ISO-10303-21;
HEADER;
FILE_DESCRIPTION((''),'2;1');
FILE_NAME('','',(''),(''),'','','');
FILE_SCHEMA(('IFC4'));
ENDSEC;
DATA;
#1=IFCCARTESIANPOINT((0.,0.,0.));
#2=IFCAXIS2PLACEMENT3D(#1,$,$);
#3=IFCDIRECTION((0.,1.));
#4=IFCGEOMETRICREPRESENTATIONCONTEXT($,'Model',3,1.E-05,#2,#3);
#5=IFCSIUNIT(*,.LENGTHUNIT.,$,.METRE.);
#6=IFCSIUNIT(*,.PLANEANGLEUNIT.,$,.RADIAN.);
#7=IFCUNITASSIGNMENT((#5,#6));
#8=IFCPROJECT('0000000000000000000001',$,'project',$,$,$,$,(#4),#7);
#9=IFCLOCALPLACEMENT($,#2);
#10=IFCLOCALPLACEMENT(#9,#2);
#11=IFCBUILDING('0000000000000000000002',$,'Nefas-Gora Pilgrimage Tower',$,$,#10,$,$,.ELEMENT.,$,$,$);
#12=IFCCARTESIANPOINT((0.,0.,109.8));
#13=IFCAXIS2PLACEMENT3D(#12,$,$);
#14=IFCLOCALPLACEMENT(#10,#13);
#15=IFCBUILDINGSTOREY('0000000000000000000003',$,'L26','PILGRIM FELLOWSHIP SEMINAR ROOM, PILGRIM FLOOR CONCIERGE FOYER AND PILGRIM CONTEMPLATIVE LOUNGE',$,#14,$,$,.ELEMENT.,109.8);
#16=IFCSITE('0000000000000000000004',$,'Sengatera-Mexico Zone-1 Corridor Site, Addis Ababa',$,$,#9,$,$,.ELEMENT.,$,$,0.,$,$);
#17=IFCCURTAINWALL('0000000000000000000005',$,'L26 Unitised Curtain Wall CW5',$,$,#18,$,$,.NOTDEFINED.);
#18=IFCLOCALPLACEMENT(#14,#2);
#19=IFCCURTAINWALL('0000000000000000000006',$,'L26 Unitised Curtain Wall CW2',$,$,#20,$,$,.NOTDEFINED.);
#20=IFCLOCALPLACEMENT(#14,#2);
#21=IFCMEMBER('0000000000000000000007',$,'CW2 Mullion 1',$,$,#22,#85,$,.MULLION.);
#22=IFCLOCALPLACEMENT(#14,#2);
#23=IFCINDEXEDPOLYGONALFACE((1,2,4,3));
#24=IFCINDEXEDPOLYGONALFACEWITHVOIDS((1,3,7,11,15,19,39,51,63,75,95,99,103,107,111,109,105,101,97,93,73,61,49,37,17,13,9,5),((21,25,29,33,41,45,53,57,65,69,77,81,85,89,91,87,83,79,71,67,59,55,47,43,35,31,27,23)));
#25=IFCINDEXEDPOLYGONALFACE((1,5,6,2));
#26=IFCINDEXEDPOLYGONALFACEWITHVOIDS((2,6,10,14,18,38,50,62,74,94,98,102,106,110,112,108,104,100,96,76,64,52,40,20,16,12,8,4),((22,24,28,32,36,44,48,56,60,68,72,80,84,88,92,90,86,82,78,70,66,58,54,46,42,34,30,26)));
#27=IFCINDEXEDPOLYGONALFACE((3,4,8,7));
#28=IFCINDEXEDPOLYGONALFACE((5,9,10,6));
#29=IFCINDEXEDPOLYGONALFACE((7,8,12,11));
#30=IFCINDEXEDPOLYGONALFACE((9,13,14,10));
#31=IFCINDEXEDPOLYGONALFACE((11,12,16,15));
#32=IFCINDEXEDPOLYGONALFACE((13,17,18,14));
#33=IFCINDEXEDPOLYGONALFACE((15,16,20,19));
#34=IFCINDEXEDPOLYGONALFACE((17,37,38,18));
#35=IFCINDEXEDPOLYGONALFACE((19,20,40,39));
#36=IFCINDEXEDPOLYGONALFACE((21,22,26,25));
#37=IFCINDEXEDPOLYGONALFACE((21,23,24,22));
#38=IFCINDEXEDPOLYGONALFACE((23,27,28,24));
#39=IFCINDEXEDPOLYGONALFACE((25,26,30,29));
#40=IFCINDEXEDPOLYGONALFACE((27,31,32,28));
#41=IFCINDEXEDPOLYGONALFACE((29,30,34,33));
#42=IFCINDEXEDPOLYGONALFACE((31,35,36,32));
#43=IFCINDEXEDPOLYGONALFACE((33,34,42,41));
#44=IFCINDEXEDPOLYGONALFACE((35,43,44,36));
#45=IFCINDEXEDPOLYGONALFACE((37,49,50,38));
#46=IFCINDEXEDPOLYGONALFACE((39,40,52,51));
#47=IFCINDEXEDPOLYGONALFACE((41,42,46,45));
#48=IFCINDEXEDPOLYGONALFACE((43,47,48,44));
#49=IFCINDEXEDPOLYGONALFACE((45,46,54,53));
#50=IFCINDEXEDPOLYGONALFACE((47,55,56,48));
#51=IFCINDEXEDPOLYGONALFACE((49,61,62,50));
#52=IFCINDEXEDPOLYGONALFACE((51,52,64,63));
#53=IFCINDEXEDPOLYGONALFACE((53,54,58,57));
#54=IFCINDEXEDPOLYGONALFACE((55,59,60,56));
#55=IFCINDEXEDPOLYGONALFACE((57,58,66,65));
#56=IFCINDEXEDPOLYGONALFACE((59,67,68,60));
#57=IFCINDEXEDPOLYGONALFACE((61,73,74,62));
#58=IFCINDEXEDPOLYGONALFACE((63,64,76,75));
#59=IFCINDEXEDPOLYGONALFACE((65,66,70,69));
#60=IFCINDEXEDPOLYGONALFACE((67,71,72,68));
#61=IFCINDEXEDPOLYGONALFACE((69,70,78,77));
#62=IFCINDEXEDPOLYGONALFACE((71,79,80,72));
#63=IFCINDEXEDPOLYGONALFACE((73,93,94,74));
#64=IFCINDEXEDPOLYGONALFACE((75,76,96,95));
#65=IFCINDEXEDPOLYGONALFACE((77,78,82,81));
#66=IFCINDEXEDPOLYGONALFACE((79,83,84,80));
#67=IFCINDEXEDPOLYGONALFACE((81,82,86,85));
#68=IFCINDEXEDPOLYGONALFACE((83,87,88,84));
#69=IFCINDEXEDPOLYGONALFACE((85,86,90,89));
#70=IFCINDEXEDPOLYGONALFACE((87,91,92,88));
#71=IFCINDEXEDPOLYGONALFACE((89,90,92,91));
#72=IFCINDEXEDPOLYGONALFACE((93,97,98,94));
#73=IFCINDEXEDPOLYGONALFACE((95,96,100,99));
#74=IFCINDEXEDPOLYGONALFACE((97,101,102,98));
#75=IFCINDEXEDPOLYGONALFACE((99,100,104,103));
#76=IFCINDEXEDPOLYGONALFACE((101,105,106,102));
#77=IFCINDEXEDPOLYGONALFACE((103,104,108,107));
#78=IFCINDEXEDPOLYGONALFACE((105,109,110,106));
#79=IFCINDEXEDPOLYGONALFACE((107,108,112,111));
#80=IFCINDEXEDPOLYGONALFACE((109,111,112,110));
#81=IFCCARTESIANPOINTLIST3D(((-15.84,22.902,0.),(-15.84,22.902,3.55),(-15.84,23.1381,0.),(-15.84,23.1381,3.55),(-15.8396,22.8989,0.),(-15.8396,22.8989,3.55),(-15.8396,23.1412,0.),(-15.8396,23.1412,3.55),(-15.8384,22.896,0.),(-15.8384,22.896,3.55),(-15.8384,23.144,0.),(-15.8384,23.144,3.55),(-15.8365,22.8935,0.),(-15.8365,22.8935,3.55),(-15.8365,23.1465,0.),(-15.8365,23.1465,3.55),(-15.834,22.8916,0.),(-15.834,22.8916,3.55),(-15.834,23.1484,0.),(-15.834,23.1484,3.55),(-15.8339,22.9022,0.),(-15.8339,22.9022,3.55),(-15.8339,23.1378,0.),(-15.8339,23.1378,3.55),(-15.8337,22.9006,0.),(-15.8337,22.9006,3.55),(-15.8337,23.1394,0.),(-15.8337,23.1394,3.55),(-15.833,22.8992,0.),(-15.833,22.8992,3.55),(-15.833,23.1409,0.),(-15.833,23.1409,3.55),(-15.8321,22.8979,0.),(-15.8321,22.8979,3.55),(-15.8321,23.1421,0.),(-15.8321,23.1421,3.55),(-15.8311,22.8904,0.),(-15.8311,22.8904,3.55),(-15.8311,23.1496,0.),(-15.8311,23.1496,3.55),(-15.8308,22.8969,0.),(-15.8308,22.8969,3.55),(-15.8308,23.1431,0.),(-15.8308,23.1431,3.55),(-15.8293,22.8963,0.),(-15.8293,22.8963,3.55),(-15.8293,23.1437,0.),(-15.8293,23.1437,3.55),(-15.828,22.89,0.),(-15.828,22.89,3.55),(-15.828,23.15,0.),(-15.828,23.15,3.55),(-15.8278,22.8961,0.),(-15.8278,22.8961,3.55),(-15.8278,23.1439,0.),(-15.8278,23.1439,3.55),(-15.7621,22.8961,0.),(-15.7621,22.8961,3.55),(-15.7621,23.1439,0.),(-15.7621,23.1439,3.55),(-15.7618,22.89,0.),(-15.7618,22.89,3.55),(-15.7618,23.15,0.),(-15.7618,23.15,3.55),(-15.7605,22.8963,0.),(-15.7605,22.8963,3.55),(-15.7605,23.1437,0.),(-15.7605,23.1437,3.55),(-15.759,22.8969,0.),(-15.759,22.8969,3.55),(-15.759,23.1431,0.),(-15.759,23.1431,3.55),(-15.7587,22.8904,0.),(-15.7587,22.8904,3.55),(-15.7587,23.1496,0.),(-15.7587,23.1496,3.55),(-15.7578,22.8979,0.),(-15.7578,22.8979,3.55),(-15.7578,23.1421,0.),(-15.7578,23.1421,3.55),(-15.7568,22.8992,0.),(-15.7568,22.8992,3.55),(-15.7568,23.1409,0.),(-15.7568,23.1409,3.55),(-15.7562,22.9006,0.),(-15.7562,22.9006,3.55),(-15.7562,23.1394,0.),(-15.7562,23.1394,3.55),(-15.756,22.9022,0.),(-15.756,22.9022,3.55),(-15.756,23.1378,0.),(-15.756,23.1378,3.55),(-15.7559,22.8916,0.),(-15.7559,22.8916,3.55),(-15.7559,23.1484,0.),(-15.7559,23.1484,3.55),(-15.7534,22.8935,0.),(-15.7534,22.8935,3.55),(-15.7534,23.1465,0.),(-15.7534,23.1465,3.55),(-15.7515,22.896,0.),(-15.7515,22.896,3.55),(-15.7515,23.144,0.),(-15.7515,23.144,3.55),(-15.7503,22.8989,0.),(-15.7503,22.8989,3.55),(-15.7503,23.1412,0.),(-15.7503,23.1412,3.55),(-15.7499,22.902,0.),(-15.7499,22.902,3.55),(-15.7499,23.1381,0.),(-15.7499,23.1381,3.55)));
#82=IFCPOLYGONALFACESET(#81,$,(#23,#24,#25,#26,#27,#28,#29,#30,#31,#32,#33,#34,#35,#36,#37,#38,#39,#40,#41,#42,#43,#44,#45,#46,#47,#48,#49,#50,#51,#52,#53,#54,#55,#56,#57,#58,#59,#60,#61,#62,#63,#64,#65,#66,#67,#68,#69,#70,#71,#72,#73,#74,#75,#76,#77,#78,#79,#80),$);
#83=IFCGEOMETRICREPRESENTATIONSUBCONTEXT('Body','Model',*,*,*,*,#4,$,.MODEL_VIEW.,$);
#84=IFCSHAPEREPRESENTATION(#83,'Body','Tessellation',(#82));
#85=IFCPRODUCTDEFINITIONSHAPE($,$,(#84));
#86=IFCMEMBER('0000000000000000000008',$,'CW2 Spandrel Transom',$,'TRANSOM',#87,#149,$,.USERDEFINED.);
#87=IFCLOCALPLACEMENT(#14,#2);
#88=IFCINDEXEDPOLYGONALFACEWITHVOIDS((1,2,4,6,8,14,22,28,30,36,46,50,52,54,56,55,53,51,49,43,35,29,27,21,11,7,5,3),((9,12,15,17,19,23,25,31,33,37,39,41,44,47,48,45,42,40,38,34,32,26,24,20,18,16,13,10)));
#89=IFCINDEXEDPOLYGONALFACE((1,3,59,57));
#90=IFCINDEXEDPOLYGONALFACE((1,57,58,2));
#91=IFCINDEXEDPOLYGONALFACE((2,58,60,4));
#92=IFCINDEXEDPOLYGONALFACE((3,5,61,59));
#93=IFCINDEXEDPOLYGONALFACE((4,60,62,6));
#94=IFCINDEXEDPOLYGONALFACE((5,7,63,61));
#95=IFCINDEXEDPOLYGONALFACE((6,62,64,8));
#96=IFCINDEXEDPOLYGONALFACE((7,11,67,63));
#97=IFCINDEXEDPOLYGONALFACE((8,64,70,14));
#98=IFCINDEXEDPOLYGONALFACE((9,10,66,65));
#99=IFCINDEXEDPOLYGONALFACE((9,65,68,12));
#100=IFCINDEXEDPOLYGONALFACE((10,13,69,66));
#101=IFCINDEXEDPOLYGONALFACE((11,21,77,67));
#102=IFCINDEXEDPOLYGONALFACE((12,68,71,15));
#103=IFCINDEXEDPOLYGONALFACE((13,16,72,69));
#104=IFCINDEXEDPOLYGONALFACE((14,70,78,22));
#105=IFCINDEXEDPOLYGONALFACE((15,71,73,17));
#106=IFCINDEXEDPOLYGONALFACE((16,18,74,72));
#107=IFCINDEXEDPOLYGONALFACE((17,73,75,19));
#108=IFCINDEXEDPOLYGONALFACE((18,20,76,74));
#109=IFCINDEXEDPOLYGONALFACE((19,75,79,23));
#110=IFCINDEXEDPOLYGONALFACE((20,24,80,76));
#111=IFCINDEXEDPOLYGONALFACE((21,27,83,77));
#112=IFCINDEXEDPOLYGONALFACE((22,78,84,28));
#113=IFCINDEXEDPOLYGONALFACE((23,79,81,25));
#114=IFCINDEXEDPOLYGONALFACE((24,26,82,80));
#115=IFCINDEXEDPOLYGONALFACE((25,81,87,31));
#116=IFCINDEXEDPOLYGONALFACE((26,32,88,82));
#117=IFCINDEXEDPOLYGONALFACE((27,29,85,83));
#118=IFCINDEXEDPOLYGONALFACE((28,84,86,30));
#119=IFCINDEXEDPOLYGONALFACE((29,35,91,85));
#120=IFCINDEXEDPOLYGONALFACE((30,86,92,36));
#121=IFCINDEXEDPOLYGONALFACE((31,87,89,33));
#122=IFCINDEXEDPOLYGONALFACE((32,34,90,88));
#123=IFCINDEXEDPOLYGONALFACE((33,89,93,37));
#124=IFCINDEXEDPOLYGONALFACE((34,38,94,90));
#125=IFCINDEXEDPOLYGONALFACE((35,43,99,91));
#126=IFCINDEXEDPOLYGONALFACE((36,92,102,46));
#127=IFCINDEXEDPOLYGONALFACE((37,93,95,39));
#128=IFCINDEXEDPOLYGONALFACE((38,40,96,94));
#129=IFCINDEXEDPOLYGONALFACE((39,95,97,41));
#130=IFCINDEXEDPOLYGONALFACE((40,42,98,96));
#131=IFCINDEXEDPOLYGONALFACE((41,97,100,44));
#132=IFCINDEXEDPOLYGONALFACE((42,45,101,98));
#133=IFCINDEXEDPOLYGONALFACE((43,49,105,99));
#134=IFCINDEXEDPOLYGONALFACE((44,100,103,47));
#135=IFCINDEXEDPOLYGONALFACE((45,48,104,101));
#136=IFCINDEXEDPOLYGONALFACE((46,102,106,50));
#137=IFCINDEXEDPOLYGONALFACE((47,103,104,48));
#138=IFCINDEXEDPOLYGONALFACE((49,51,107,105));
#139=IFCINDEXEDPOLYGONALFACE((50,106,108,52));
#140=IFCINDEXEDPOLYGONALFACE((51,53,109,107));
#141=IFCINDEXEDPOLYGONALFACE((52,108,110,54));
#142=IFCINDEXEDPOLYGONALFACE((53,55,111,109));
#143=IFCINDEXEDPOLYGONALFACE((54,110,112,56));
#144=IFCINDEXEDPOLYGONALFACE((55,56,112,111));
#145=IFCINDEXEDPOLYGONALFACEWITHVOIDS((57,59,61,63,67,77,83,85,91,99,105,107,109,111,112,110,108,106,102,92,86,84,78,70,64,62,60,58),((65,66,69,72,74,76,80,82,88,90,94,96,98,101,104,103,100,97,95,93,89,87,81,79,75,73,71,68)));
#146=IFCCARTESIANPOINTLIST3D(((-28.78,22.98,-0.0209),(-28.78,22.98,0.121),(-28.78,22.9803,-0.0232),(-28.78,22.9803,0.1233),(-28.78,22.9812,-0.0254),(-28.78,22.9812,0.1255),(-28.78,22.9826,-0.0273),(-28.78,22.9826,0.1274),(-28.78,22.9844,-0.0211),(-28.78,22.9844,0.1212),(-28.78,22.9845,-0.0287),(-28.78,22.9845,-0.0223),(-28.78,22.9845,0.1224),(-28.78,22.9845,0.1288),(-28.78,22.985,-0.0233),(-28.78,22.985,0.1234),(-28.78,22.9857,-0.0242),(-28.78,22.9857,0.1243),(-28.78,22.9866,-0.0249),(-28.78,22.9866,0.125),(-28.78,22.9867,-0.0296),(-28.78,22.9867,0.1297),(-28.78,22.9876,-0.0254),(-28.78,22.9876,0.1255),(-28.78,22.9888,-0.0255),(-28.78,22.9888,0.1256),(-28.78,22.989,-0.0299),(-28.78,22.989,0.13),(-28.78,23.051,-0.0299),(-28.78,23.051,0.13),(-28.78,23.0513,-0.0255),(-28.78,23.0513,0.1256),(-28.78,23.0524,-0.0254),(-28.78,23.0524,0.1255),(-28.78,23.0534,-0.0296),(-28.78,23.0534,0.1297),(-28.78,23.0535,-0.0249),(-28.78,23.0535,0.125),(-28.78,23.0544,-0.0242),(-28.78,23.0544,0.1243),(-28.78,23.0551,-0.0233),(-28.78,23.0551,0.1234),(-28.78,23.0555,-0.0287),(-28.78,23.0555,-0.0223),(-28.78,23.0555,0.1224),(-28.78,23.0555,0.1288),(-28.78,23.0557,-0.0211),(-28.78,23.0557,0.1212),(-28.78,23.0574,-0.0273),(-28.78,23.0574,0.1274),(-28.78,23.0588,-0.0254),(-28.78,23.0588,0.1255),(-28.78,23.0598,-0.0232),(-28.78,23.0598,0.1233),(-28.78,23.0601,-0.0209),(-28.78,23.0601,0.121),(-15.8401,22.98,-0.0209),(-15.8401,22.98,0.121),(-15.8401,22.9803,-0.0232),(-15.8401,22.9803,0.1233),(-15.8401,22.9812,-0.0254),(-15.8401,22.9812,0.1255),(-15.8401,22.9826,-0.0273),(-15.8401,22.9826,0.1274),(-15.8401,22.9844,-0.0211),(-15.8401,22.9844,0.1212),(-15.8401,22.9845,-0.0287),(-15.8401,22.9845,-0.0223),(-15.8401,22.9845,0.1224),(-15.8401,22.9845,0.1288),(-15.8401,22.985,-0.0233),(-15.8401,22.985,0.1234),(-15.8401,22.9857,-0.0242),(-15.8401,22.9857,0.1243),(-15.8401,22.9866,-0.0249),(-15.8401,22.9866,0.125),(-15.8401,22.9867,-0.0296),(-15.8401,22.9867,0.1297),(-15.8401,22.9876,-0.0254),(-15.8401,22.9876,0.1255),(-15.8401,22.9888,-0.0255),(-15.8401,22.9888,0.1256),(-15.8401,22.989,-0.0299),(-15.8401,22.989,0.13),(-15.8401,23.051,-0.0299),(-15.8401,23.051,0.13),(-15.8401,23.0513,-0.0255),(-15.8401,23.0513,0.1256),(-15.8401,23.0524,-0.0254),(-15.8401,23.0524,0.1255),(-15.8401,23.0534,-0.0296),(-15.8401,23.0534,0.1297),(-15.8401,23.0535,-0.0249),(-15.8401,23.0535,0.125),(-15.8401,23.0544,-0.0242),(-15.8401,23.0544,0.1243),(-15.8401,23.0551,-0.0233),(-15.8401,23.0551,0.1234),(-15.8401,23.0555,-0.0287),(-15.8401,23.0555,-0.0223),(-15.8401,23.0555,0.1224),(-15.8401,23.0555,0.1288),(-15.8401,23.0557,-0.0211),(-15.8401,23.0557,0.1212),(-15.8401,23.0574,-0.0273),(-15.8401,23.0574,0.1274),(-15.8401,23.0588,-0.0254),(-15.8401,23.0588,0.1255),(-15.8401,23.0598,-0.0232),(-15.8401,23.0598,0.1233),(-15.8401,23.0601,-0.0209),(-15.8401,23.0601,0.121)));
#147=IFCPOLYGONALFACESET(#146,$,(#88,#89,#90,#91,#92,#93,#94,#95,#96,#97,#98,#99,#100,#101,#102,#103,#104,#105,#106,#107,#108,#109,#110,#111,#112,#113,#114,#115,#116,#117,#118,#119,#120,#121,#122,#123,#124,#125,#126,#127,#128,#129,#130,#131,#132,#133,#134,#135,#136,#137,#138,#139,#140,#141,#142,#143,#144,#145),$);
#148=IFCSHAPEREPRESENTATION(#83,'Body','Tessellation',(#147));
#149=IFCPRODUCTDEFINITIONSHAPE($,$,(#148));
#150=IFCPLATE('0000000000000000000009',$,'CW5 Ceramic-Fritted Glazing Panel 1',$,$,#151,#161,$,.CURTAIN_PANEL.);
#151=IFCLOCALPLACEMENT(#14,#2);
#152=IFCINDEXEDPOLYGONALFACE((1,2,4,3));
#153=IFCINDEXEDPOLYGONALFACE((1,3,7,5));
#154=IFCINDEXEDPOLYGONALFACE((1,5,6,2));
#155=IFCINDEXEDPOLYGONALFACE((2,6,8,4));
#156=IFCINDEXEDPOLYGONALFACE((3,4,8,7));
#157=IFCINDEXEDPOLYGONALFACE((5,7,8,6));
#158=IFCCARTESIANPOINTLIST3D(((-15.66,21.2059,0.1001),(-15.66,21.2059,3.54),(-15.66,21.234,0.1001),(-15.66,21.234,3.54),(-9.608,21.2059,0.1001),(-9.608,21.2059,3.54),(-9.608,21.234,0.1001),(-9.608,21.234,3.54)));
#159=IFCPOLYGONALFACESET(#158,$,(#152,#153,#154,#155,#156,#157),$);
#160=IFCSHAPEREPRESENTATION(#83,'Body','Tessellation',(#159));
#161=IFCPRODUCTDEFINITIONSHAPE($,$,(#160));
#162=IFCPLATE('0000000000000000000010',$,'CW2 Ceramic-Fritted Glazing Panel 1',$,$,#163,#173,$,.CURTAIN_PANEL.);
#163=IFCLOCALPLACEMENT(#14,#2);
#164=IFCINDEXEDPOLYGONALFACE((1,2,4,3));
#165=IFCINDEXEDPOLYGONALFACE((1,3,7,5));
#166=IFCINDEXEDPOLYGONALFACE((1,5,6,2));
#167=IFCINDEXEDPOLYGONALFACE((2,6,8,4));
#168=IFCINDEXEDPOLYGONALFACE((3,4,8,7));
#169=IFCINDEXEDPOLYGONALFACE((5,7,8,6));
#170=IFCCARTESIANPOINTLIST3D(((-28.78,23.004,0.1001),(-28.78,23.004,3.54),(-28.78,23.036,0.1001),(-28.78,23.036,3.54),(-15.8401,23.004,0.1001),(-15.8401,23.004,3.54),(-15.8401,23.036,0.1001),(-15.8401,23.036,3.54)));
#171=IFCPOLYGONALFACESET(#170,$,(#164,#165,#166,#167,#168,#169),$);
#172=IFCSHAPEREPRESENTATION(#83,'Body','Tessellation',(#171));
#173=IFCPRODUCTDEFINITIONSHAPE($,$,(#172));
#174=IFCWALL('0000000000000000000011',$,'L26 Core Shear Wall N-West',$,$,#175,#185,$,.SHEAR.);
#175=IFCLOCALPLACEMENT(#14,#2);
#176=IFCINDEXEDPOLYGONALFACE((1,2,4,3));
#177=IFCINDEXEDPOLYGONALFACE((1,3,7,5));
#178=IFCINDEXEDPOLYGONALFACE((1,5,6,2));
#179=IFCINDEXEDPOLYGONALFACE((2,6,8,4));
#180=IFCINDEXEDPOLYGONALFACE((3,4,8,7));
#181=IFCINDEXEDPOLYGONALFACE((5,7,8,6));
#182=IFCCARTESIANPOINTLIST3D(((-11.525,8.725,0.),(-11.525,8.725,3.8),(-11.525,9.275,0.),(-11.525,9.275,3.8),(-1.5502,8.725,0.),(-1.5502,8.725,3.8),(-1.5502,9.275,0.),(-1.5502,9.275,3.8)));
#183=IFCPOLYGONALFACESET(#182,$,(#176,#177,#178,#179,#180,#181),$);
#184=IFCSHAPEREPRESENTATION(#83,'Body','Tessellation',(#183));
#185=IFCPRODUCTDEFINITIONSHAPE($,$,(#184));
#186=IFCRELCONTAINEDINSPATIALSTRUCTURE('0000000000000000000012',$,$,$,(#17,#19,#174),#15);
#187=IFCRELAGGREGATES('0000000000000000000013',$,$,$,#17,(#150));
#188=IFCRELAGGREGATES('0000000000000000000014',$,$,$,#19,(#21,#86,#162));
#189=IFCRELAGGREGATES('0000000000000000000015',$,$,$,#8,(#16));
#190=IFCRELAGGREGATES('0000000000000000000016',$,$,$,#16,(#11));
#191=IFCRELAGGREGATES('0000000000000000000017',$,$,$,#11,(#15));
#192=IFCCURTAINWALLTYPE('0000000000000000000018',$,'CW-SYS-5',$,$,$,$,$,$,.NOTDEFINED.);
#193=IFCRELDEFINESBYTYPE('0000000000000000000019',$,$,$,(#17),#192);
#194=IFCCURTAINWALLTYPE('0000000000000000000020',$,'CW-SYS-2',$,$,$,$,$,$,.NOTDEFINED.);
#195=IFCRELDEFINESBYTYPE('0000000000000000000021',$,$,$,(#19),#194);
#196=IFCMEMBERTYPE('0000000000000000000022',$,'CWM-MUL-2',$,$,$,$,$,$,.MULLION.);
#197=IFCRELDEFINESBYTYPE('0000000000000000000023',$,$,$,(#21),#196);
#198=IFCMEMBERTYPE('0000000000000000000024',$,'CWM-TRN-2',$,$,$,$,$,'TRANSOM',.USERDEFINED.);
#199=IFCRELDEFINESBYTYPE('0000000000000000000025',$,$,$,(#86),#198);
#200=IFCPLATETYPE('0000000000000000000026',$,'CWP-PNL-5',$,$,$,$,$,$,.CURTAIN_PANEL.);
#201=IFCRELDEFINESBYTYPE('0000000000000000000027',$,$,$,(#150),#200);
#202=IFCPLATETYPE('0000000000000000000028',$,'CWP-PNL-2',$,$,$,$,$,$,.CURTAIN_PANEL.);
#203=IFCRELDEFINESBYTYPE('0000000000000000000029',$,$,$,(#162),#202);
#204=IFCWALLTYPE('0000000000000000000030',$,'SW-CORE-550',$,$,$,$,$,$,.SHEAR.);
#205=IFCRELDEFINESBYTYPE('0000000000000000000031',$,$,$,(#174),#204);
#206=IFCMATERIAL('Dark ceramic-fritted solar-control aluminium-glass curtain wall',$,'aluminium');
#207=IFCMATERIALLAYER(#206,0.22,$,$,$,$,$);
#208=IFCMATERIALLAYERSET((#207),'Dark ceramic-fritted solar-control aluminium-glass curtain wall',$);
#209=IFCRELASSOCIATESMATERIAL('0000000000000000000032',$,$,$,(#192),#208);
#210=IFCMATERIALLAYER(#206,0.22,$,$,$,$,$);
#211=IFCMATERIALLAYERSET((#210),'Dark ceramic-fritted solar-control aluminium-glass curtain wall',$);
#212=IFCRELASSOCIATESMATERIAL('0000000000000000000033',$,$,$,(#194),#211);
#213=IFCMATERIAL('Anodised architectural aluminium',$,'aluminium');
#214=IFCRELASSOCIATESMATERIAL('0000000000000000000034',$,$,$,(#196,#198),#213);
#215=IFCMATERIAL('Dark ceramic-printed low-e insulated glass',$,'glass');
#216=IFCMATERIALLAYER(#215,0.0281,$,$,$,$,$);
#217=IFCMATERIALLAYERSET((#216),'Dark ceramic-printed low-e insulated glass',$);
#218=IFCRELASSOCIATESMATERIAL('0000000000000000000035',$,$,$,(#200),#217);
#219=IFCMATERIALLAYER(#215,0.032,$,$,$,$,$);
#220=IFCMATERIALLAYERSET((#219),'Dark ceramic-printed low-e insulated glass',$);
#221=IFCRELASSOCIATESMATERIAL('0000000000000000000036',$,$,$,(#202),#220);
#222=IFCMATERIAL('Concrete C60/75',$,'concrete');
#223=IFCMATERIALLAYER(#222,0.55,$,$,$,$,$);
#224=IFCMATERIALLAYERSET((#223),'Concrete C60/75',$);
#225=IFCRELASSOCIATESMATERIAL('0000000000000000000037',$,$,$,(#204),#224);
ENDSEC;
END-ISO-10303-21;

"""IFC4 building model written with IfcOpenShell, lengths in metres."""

from ifc_helpers import new_model, si_unit, direction, frame, frame_2d, origin, origin_2d, place, context, subcontext, project, spatial, rectangle, hollow_rectangle, extrude, source, transform, mapped, material, layer, layer_set, material_profile, profile_set, type_object, element, aggregate, save


model = new_model("IFC4")

# Units and contexts
model_context = context("Model", 3, precision=1e-05, world=origin(), true_north=direction((0.0, 1.0)))
body_context = subcontext(model_context, "Body", "Model", "MODEL_VIEW")
ifc_project = project(units=[si_unit("LENGTHUNIT", "METRE"), si_unit("PLANEANGLEUNIT", "RADIAN")], contexts=[model_context])

# Site, building, storey
site_placement = place(None, origin())
site = spatial("IfcSite", under=ifc_project, at=site_placement, Name="Sengatera-Mexico Zone-1 Corridor Site, Addis Ababa", CompositionType="ELEMENT", RefElevation=0.0)
building_placement = place(site_placement, origin())
building = spatial("IfcBuilding", under=site, at=building_placement, Name="Nefas-Gora Pilgrimage Tower", CompositionType="ELEMENT")
storey_placement = place(building_placement, frame((0.0, 0.0, 109.8)))
storey = spatial("IfcBuildingStorey", under=building, at=storey_placement, Name="L26", Description="PILGRIM FELLOWSHIP SEMINAR ROOM, PILGRIM FLOOR CONCIERGE FOYER AND PILGRIM CONTEMPLATIVE LOUNGE", CompositionType="ELEMENT", Elevation=109.8)

# Curtain wall
ifc_material_1 = material(Name="Dark ceramic-fritted solar-control aluminium-glass curtain wall", Category="aluminium")
ifc_layer_1 = layer(ifc_material_1, 0.22)
ifc_layer_set_1 = layer_set([ifc_layer_1], Name="Dark ceramic-fritted solar-control aluminium-glass curtain wall")
curtain_wall_type_1 = type_object("IfcCurtainWallType", Name="CW-SYS-5", PredefinedType="NOTDEFINED", material=ifc_layer_set_1)
curtain_wall_1_placement = place(storey_placement, origin())
curtain_wall_1 = element("IfcCurtainWall", 1, at=curtain_wall_1_placement, inside=storey, type_object=curtain_wall_type_1, Name="L26 Unitised Curtain Wall CW5", PredefinedType="NOTDEFINED")
ifc_material_2 = material(Name="Anodised architectural aluminium", Category="aluminium")

# Curtain wall, members
ifc_layer_2 = layer(ifc_material_1, 0.22)
ifc_layer_set_2 = layer_set([ifc_layer_2], Name="Dark ceramic-fritted solar-control aluminium-glass curtain wall")
curtain_wall_type_2 = type_object("IfcCurtainWallType", Name="CW-SYS-2", PredefinedType="NOTDEFINED", material=ifc_layer_set_2)
curtain_wall_2_placement = place(storey_placement, origin())
curtain_wall_2 = element("IfcCurtainWall", 2, at=curtain_wall_2_placement, inside=storey, type_object=curtain_wall_type_2, Name="L26 Unitised Curtain Wall CW2", PredefinedType="NOTDEFINED")
ifc_material_profile_1 = material_profile(ifc_material_2, hollow_rectangle(XDim=0.0901, YDim=0.26, WallThickness=0.0061, InnerFilletRadius=0.0061, OuterFilletRadius=0.012, at=origin_2d()), Name="ALU MULLION 90x260")
ifc_profile_set_1 = profile_set([ifc_material_profile_1], Name="Anodised architectural aluminium")
member_type_1 = type_object("IfcMemberType", Name="CWM-MUL-2", PredefinedType="MULLION", material=ifc_profile_set_1)
shared_shape_1 = source(origin(), body_context, "Body", "SweptSolid", [
    extrude(hollow_rectangle(XDim=0.0901, YDim=0.26, WallThickness=0.0061, InnerFilletRadius=0.0061, OuterFilletRadius=0.012, at=origin_2d()), origin(), (0.0, 0.0, 1.0), 3.55),
])
member_1_placement = place(storey_placement, frame((-15.7949, 23.02, 0.0), z_axis=(0.0, 0.0, 1.0), x_axis=(-1.0, 0.0, 0.0)))
member_1 = element("IfcMember", 3, at=member_1_placement, type_object=member_type_1, Name="CW2 Mullion 1", PredefinedType="MULLION", context=body_context, shape_type="MappedRepresentation", body=[
    mapped(shared_shape_1, transform((0.0, 0.0, 0.0), x_axis=(1.0, 0.0, 0.0), y_axis=(0.0, 1.0, 0.0), z_axis=(0.0, 0.0, 1.0), scale=1.0)),
])
ifc_material_profile_2 = material_profile(ifc_material_2, hollow_rectangle(XDim=0.0801, YDim=0.1599, WallThickness=0.0044, InnerFilletRadius=0.0044, OuterFilletRadius=0.009, at=origin_2d()), Name="ALU TRANSOM 80x160")
ifc_profile_set_2 = profile_set([ifc_material_profile_2], Name="Anodised architectural aluminium")
member_type_2 = type_object("IfcMemberType", Name="CWM-TRN-2", ElementType="TRANSOM", PredefinedType="USERDEFINED", material=ifc_profile_set_2)
shared_shape_2 = source(origin(), body_context, "Body", "SweptSolid", [
    extrude(hollow_rectangle(XDim=0.0801, YDim=0.1599, WallThickness=0.0044, InnerFilletRadius=0.0044, OuterFilletRadius=0.009, at=origin_2d()), origin(), (0.0, 0.0, 1.0), 12.9399),
])
member_2_placement = place(storey_placement, frame((-15.8401, 23.02, 0.05), z_axis=(-1.0, 0.0, 0.0), x_axis=(0.0, -1.0, 0.0)))
member_2 = element("IfcMember", 4, at=member_2_placement, type_object=member_type_2, Name="CW2 Spandrel Transom", ObjectType="TRANSOM", PredefinedType="USERDEFINED", context=body_context, shape_type="MappedRepresentation", body=[
    mapped(shared_shape_2, transform((0.0, 0.0, 0.0), x_axis=(1.0, 0.0, 0.0), y_axis=(0.0, 1.0, 0.0), z_axis=(0.0, 0.0, 1.0), scale=1.0)),
])

# Plates
ifc_material_3 = material(Name="Dark ceramic-printed low-e insulated glass", Category="glass")
ifc_layer_3 = layer(ifc_material_3, 0.0281)
ifc_layer_set_3 = layer_set([ifc_layer_3], Name="Dark ceramic-printed low-e insulated glass")
plate_type_1 = type_object("IfcPlateType", Name="CWP-PNL-5", PredefinedType="CURTAIN_PANEL", material=ifc_layer_set_3)
shared_shape_3 = source(origin(), body_context, "Body", "SweptSolid", [
    extrude(rectangle(XDim=6.052, YDim=0.0281, at=origin_2d()), origin(), (0.0, 0.0, 1.0), 3.4399),
])
plate_1_placement = place(storey_placement, frame((-12.634, 21.22, 0.1001), z_axis=(0.0, 0.0, 1.0), x_axis=(-1.0, 0.0, 0.0)))
plate_1 = element("IfcPlate", 5, at=plate_1_placement, type_object=plate_type_1, Name="CW5 Ceramic-Fritted Glazing Panel 1", PredefinedType="CURTAIN_PANEL", context=body_context, shape_type="MappedRepresentation", body=[
    mapped(shared_shape_3, transform((0.0, 0.0, 0.0), x_axis=(1.0, 0.0, 0.0), y_axis=(0.0, 1.0, 0.0), z_axis=(0.0, 0.0, 1.0), scale=1.0)),
])
aggregate(curtain_wall_1, [plate_1])
ifc_layer_4 = layer(ifc_material_3, 0.032)
ifc_layer_set_4 = layer_set([ifc_layer_4], Name="Dark ceramic-printed low-e insulated glass")
plate_type_2 = type_object("IfcPlateType", Name="CWP-PNL-2", PredefinedType="CURTAIN_PANEL", material=ifc_layer_set_4)
shared_shape_4 = source(origin(), body_context, "Body", "SweptSolid", [
    extrude(rectangle(XDim=12.9399, YDim=0.032, at=origin_2d()), origin(), (0.0, 0.0, 1.0), 3.4399),
])
plate_2_placement = place(storey_placement, frame((-22.3101, 23.02, 0.1001), z_axis=(0.0, 0.0, 1.0), x_axis=(-1.0, 0.0, 0.0)))
plate_2 = element("IfcPlate", 6, at=plate_2_placement, type_object=plate_type_2, Name="CW2 Ceramic-Fritted Glazing Panel 1", PredefinedType="CURTAIN_PANEL", context=body_context, shape_type="MappedRepresentation", body=[
    mapped(shared_shape_4, transform((0.0, 0.0, 0.0), x_axis=(1.0, 0.0, 0.0), y_axis=(0.0, 1.0, 0.0), z_axis=(0.0, 0.0, 1.0), scale=1.0)),
])
aggregate(curtain_wall_2, [member_1, member_2, plate_2])

# Wall
ifc_material_4 = material(Name="Concrete C60/75", Category="concrete")
ifc_layer_5 = layer(ifc_material_4, 0.55)
ifc_layer_set_5 = layer_set([ifc_layer_5], Name="Concrete C60/75")
wall_type_1 = type_object("IfcWallType", Name="SW-CORE-550", PredefinedType="SHEAR", material=ifc_layer_set_5)
shared_shape_5 = source(origin(), body_context, "Body", "SweptSolid", [
    extrude(rectangle(XDim=9.9749, YDim=0.55, at=frame_2d((4.9873, 0.0))), origin(), (0.0, 0.0, 1.0), 3.8),
])
wall_1_placement = place(storey_placement, frame((-11.5249, 9.0, 0.0), z_axis=(0.0, 0.0, 1.0), x_axis=(1.0, 0.0, 0.0)))
element("IfcWall", 7, at=wall_1_placement, inside=storey, type_object=wall_type_1, Name="L26 Core Shear Wall N-West", PredefinedType="SHEAR", context=body_context, shape_type="MappedRepresentation", body=[
    mapped(shared_shape_5, transform((0.0, 0.0, 0.0), x_axis=(1.0, 0.0, 0.0), y_axis=(0.0, 1.0, 0.0), z_axis=(0.0, 0.0, 1.0), scale=1.0)),
])

save(model, "model.ifc")
